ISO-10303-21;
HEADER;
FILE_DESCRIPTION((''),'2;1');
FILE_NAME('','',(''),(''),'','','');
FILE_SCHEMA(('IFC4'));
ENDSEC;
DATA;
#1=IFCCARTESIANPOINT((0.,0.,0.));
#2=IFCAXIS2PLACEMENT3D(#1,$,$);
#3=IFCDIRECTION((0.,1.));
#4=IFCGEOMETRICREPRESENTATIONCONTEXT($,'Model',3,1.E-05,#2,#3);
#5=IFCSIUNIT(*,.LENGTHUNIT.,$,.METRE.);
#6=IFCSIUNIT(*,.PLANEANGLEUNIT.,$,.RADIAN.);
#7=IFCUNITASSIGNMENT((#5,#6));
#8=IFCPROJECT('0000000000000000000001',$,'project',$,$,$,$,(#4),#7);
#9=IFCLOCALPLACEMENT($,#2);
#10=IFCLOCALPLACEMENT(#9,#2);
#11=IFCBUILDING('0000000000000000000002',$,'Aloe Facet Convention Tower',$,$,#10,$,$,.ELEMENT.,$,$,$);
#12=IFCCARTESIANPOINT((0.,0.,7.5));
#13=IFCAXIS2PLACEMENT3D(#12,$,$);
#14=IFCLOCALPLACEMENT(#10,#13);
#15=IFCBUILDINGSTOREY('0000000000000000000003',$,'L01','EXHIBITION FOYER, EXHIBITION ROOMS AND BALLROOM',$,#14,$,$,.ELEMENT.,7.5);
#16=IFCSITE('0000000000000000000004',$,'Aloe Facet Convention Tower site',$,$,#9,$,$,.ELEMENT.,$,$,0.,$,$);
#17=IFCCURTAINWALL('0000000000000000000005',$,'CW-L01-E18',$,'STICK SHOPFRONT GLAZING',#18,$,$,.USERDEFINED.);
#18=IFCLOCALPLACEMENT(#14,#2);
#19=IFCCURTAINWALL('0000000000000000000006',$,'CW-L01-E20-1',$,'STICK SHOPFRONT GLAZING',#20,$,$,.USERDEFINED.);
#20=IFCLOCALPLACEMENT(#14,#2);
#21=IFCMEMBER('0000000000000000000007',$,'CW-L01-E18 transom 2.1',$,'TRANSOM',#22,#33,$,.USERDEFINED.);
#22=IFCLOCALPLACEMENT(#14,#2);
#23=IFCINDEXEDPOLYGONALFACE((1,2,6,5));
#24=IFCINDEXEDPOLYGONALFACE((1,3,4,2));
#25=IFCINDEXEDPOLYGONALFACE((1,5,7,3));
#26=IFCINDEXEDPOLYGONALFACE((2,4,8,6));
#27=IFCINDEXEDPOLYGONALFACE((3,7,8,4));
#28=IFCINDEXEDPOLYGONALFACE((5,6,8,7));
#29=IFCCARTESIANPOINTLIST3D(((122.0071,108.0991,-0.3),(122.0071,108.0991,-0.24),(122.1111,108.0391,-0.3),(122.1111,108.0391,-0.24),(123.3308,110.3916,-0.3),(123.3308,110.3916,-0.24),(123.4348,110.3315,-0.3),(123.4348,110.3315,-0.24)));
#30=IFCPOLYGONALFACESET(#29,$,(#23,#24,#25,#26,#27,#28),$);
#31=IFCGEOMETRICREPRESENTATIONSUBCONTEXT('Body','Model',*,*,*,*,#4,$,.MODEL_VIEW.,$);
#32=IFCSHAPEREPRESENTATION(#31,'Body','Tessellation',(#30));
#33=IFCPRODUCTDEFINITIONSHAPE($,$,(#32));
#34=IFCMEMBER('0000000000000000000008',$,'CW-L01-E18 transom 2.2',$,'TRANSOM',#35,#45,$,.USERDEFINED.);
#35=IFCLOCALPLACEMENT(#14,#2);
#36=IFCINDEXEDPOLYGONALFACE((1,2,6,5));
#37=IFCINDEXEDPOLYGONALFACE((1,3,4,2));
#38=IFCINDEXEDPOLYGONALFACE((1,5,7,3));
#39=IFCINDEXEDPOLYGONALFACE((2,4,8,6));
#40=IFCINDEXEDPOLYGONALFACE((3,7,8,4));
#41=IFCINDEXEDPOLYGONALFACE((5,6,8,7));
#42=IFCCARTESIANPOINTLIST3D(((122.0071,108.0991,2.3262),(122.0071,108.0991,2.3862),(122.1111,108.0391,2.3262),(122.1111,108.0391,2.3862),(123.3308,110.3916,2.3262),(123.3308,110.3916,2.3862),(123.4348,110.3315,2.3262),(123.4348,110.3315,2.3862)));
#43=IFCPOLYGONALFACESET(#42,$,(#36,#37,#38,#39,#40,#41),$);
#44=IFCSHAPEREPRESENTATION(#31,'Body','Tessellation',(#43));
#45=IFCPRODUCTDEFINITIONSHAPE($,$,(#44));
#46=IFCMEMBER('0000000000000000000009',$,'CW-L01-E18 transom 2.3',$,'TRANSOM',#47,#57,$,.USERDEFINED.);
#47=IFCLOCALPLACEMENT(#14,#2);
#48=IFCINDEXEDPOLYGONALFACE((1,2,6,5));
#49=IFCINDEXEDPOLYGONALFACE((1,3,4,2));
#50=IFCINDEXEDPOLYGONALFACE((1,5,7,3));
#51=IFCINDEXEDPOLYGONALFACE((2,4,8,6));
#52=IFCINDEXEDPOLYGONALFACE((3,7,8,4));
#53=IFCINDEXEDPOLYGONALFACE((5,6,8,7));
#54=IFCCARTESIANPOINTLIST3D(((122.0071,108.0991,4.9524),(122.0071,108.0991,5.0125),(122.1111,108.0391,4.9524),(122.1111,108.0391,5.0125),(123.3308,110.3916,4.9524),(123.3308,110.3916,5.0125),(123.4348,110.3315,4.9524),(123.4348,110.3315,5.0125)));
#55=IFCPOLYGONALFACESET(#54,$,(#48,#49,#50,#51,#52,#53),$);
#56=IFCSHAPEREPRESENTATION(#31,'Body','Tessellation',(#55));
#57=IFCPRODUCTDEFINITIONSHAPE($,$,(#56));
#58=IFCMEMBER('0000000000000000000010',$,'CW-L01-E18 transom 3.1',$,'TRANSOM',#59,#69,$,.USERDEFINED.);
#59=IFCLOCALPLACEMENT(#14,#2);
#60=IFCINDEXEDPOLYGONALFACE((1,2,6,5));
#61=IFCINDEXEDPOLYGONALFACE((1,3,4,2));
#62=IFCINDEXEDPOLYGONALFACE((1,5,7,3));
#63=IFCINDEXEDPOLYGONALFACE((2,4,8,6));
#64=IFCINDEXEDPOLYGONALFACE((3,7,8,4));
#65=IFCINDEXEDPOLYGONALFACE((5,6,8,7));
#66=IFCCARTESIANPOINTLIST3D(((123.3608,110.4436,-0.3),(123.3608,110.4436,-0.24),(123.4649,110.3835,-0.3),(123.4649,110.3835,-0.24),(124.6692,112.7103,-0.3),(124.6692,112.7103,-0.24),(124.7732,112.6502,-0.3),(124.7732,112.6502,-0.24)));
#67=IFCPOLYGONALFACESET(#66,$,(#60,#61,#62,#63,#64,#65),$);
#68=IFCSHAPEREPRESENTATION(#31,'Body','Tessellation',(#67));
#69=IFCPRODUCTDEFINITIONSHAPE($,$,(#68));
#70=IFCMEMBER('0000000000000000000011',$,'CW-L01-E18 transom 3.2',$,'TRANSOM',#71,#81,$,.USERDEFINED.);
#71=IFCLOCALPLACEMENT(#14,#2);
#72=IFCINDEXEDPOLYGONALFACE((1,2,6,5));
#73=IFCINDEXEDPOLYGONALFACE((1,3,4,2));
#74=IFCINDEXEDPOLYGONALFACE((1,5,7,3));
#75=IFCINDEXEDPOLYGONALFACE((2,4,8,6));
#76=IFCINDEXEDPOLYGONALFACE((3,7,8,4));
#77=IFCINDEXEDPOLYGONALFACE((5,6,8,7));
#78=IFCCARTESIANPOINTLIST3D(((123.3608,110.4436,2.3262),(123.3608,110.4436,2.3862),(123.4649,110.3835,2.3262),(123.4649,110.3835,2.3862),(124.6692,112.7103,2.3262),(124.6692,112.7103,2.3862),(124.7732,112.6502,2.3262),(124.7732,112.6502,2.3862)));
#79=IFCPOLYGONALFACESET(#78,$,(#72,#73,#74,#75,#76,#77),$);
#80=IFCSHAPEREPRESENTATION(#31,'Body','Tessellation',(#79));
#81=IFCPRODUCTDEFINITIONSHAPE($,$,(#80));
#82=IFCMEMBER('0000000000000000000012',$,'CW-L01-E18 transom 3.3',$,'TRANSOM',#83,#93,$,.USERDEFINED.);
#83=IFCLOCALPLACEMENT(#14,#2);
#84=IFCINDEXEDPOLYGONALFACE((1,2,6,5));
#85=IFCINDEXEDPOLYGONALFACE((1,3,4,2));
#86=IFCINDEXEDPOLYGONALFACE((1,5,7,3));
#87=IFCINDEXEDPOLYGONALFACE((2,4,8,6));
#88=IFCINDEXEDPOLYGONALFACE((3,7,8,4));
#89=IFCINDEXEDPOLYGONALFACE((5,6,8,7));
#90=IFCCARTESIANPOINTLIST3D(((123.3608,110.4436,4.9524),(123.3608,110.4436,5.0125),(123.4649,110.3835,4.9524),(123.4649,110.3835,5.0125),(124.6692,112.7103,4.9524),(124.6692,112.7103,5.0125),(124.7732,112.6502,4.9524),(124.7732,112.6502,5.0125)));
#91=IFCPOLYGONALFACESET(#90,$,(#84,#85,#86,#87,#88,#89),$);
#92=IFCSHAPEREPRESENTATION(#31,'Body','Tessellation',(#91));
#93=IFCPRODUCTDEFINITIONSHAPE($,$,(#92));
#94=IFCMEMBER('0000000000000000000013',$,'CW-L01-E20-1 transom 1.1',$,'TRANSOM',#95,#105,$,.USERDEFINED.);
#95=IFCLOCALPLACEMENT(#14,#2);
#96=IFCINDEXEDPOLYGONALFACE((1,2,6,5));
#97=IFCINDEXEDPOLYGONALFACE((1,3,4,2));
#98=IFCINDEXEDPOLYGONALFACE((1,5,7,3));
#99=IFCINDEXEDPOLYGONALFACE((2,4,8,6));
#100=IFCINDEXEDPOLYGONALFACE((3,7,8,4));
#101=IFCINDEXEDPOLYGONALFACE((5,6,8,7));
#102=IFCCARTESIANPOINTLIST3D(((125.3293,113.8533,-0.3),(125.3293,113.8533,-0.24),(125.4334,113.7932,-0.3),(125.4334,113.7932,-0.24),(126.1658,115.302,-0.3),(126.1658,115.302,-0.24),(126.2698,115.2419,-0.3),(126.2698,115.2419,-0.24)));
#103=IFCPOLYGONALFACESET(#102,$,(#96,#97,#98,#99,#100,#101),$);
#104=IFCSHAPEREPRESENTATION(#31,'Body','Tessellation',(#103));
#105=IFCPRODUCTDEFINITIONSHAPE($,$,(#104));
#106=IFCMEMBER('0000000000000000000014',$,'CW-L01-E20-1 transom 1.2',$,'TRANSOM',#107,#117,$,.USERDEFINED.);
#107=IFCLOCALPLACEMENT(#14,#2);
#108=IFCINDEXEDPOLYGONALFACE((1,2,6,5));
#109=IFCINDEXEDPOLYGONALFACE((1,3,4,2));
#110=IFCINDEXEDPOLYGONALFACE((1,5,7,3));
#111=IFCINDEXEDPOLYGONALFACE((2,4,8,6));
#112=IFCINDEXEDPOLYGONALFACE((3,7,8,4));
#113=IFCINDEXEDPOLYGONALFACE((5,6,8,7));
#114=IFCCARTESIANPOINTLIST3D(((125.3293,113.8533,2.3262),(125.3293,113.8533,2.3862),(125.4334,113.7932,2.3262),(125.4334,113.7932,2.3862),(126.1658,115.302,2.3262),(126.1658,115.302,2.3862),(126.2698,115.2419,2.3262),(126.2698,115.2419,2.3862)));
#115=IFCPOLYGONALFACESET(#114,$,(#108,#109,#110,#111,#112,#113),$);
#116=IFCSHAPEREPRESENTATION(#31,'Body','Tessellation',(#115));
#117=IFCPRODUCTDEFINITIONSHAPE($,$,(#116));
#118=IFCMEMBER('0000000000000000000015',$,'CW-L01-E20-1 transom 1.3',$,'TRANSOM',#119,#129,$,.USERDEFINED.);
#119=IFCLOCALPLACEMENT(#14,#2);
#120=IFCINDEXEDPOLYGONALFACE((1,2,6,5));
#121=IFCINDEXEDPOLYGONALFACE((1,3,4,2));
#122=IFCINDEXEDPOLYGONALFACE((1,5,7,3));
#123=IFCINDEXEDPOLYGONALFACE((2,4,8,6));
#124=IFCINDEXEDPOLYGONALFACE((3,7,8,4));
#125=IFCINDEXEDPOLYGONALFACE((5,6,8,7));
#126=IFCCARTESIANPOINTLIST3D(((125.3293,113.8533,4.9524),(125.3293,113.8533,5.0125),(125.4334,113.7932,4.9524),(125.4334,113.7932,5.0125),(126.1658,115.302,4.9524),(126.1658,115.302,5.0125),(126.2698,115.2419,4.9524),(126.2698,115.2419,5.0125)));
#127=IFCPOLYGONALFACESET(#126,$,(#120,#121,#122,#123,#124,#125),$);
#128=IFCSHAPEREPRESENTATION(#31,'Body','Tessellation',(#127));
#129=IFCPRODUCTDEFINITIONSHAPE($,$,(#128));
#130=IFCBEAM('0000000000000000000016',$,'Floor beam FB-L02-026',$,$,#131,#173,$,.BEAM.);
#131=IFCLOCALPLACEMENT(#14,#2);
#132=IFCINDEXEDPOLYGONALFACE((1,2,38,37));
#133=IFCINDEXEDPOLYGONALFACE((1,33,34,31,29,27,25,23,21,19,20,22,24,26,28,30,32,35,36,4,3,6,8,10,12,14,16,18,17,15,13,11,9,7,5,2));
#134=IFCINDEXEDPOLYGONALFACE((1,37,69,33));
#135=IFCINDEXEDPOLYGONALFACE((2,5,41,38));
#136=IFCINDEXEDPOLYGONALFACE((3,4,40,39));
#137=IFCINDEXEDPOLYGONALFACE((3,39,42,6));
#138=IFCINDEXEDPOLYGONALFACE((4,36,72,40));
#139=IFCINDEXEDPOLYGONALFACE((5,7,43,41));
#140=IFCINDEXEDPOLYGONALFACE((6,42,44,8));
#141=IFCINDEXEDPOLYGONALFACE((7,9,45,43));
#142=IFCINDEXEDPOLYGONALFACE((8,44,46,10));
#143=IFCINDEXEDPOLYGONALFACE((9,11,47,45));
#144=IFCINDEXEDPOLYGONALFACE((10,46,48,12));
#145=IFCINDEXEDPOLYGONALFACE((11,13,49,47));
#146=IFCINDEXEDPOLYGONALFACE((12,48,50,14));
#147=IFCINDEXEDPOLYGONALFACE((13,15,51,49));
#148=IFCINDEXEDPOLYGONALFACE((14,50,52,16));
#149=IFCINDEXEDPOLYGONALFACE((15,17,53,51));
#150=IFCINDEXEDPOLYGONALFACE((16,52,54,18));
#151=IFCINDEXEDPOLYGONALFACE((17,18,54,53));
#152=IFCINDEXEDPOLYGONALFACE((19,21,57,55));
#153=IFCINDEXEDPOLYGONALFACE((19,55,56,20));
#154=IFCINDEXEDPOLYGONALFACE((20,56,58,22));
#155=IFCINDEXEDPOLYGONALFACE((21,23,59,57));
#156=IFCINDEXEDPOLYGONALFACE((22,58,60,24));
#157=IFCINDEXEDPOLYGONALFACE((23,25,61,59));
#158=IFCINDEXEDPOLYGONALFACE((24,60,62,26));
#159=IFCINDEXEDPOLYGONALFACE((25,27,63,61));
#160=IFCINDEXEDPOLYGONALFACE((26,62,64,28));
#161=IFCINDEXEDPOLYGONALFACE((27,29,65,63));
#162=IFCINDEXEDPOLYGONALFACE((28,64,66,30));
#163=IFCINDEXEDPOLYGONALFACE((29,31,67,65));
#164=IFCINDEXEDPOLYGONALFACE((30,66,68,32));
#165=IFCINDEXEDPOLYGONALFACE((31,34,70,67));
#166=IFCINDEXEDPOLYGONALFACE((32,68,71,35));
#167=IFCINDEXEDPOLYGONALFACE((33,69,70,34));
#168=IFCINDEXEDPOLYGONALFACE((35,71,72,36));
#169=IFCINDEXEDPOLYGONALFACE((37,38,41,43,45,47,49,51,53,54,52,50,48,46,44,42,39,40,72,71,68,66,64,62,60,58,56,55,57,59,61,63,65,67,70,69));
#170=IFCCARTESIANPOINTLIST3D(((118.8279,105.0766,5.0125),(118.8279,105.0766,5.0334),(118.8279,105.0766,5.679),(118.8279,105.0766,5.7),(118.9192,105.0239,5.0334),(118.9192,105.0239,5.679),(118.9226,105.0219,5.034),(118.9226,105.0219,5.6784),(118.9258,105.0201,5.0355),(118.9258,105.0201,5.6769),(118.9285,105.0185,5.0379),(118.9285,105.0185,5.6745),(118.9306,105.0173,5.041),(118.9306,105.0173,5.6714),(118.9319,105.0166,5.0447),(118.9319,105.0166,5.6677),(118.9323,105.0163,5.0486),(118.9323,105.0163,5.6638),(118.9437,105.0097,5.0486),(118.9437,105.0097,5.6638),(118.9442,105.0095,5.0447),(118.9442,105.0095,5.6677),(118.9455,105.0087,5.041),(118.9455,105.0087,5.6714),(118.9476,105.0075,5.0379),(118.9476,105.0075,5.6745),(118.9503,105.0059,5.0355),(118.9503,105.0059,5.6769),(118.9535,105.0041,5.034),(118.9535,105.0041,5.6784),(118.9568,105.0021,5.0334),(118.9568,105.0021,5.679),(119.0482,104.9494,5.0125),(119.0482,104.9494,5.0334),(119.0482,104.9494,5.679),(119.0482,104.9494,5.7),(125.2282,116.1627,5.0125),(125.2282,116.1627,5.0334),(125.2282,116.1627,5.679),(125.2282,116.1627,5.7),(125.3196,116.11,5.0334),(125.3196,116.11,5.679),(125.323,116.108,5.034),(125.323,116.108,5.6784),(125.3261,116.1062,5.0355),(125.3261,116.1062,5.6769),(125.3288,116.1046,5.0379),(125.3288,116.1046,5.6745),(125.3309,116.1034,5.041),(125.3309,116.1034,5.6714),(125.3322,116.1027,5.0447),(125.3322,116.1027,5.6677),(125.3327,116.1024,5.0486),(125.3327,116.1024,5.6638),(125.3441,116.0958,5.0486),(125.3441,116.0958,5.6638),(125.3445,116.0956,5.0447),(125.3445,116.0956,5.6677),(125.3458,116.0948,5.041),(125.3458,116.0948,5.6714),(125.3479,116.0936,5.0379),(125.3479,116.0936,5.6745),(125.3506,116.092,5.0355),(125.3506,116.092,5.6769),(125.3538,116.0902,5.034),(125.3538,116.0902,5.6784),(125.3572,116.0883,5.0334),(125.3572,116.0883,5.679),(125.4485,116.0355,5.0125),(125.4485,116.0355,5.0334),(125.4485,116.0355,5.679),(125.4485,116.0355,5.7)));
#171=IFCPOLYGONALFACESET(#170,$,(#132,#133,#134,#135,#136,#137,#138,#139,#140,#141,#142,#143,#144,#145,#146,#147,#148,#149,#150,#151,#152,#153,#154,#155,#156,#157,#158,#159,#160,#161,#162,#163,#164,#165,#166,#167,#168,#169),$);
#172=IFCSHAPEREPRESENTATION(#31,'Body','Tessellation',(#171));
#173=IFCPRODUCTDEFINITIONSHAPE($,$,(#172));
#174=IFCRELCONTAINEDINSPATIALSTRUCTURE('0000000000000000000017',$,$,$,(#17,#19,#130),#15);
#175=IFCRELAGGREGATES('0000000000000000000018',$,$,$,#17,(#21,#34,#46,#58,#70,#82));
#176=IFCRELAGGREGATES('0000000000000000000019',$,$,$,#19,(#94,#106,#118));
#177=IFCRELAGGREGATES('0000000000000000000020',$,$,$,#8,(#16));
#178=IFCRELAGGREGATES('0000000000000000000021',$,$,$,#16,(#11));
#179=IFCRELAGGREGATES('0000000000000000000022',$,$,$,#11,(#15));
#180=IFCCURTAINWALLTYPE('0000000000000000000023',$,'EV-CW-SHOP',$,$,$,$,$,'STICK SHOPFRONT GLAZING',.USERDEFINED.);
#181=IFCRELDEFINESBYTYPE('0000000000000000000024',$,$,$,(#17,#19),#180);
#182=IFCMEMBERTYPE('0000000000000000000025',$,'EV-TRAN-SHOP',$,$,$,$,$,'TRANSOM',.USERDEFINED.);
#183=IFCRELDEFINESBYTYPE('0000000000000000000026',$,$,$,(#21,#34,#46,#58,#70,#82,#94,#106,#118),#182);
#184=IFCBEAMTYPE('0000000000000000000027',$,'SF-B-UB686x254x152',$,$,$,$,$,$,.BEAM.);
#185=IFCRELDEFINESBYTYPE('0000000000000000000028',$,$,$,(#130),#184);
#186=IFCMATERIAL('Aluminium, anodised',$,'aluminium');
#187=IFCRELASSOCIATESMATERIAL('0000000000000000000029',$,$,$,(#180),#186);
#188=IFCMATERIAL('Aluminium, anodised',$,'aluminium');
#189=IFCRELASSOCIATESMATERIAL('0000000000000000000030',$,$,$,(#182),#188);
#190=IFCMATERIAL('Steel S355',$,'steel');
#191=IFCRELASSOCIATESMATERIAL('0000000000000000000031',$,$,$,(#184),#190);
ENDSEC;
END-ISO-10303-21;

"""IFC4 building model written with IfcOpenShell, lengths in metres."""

from ifc_helpers import new_model, si_unit, direction, frame, origin, origin_2d, place, context, subcontext, project, spatial, rectangle, i_section, extrude, material, material_profile, profile_set, type_object, element, aggregate, save


model = new_model("IFC4")

# Units and contexts
model_context = context("Model", 3, precision=1e-05, world=origin(), true_north=direction((0.0, 1.0)))
body_context = subcontext(model_context, "Body", "Model", "MODEL_VIEW")
ifc_project = project(units=[si_unit("LENGTHUNIT", "METRE"), si_unit("PLANEANGLEUNIT", "RADIAN")], contexts=[model_context])

# Site, building, storey
site_placement = place(None, origin())
site = spatial("IfcSite", under=ifc_project, at=site_placement, Name="Aloe Facet Convention Tower site", CompositionType="ELEMENT", RefElevation=0.0)
building_placement = place(site_placement, origin())
building = spatial("IfcBuilding", under=site, at=building_placement, Name="Aloe Facet Convention Tower", CompositionType="ELEMENT")
storey_placement = place(building_placement, frame((0.0, 0.0, 7.5)))
storey = spatial("IfcBuildingStorey", under=building, at=storey_placement, Name="L01", Description="EXHIBITION FOYER, EXHIBITION ROOMS AND BALLROOM", CompositionType="ELEMENT", Elevation=7.5)

# Curtain walls
ifc_material_1 = material(Name="Aluminium, anodised", Category="aluminium")
curtain_wall_type = type_object("IfcCurtainWallType", Name="EV-CW-SHOP", ElementType="STICK SHOPFRONT GLAZING", PredefinedType="USERDEFINED", material=ifc_material_1)
curtain_wall_1_placement = place(storey_placement, origin())
curtain_wall_1 = element("IfcCurtainWall", 1, at=curtain_wall_1_placement, inside=storey, type_object=curtain_wall_type, Name="CW-L01-E18", ObjectType="STICK SHOPFRONT GLAZING", PredefinedType="USERDEFINED")
curtain_wall_2_placement = place(storey_placement, origin())
curtain_wall_2 = element("IfcCurtainWall", 2, at=curtain_wall_2_placement, inside=storey, type_object=curtain_wall_type, Name="CW-L01-E20-1", ObjectType="STICK SHOPFRONT GLAZING", PredefinedType="USERDEFINED")

# Members
ifc_material_2 = material(Name="Aluminium, anodised", Category="aluminium")
ifc_material_profile_1 = material_profile(ifc_material_2, rectangle(XDim=0.1201, YDim=0.0601, at=origin_2d()), Name="AL 120x60")
ifc_profile_set_1 = profile_set([ifc_material_profile_1], Name="Aluminium, anodised")
member_type_1 = type_object("IfcMemberType", Name="EV-TRAN-SHOP", ElementType="TRANSOM", PredefinedType="USERDEFINED", material=ifc_profile_set_1)
member_1_placement = place(storey_placement, frame((122.0591, 108.0691, -0.27), z_axis=(0.500047, 0.865998, 0.0), x_axis=(-0.865998, 0.500047, 0.0)))
member_1 = element("IfcMember", 3, at=member_1_placement, type_object=member_type_1, Name="CW-L01-E18 transom 2.1", ObjectType="TRANSOM", PredefinedType="USERDEFINED", context=body_context, shape_type="SweptSolid", body=[
    extrude(rectangle(XDim=0.1201, YDim=0.0601, at=origin_2d()), origin(), (0.0, 0.0, 1.0), 2.6472),
])
member_2_placement = place(storey_placement, frame((122.0591, 108.0691, 2.3562), z_axis=(0.500047, 0.865998, 0.0), x_axis=(-0.865998, 0.500047, 0.0)))
member_2 = element("IfcMember", 4, at=member_2_placement, type_object=member_type_1, Name="CW-L01-E18 transom 2.2", ObjectType="TRANSOM", PredefinedType="USERDEFINED", context=body_context, shape_type="SweptSolid", body=[
    extrude(rectangle(XDim=0.1201, YDim=0.0601, at=origin_2d()), origin(), (0.0, 0.0, 1.0), 2.6472),
])
member_3_placement = place(storey_placement, frame((122.0591, 108.0691, 4.9824), z_axis=(0.500047, 0.865998, 0.0), x_axis=(-0.865998, 0.500047, 0.0)))
member_3 = element("IfcMember", 5, at=member_3_placement, type_object=member_type_1, Name="CW-L01-E18 transom 2.3", ObjectType="TRANSOM", PredefinedType="USERDEFINED", context=body_context, shape_type="SweptSolid", body=[
    extrude(rectangle(XDim=0.1201, YDim=0.0601, at=origin_2d()), origin(), (0.0, 0.0, 1.0), 2.6472),
])
member_4_placement = place(storey_placement, frame((123.4128, 110.4136, -0.27), z_axis=(0.499922, 0.866071, 0.0), x_axis=(-0.866071, 0.499922, 0.0)))
member_4 = element("IfcMember", 6, at=member_4_placement, type_object=member_type_1, Name="CW-L01-E18 transom 3.1", ObjectType="TRANSOM", PredefinedType="USERDEFINED", context=body_context, shape_type="SweptSolid", body=[
    extrude(rectangle(XDim=0.1201, YDim=0.0601, at=origin_2d()), origin(), (0.0, 0.0, 1.0), 2.6172),
])
member_5_placement = place(storey_placement, frame((123.4128, 110.4136, 2.3562), z_axis=(0.499922, 0.866071, 0.0), x_axis=(-0.866071, 0.499922, 0.0)))
member_5 = element("IfcMember", 7, at=member_5_placement, type_object=member_type_1, Name="CW-L01-E18 transom 3.2", ObjectType="TRANSOM", PredefinedType="USERDEFINED", context=body_context, shape_type="SweptSolid", body=[
    extrude(rectangle(XDim=0.1201, YDim=0.0601, at=origin_2d()), origin(), (0.0, 0.0, 1.0), 2.6172),
])
member_6_placement = place(storey_placement, frame((123.4128, 110.4136, 4.9824), z_axis=(0.499922, 0.866071, 0.0), x_axis=(-0.866071, 0.499922, 0.0)))
member_6 = element("IfcMember", 8, at=member_6_placement, type_object=member_type_1, Name="CW-L01-E18 transom 3.3", ObjectType="TRANSOM", PredefinedType="USERDEFINED", context=body_context, shape_type="SweptSolid", body=[
    extrude(rectangle(XDim=0.1201, YDim=0.0601, at=origin_2d()), origin(), (0.0, 0.0, 1.0), 2.6172),
])
member_7_placement = place(storey_placement, frame((125.3813, 113.8232, -0.27), z_axis=(0.5, 0.866025, 0.0), x_axis=(-0.866025, 0.5, 0.0)))
member_7 = element("IfcMember", 9, at=member_7_placement, type_object=member_type_1, Name="CW-L01-E20-1 transom 1.1", ObjectType="TRANSOM", PredefinedType="USERDEFINED", context=body_context, shape_type="SweptSolid", body=[
    extrude(rectangle(XDim=0.1201, YDim=0.0601, at=origin_2d()), origin(), (0.0, 0.0, 1.0), 1.6729),
])
member_8_placement = place(storey_placement, frame((125.3813, 113.8232, 2.3562), z_axis=(0.5, 0.866025, 0.0), x_axis=(-0.866025, 0.5, 0.0)))
member_8 = element("IfcMember", 10, at=member_8_placement, type_object=member_type_1, Name="CW-L01-E20-1 transom 1.2", ObjectType="TRANSOM", PredefinedType="USERDEFINED", context=body_context, shape_type="SweptSolid", body=[
    extrude(rectangle(XDim=0.1201, YDim=0.0601, at=origin_2d()), origin(), (0.0, 0.0, 1.0), 1.6729),
])
member_9_placement = place(storey_placement, frame((125.3813, 113.8232, 4.9824), z_axis=(0.5, 0.866025, 0.0), x_axis=(-0.866025, 0.5, 0.0)))
member_9 = element("IfcMember", 11, at=member_9_placement, type_object=member_type_1, Name="CW-L01-E20-1 transom 1.3", ObjectType="TRANSOM", PredefinedType="USERDEFINED", context=body_context, shape_type="SweptSolid", body=[
    extrude(rectangle(XDim=0.1201, YDim=0.0601, at=origin_2d()), origin(), (0.0, 0.0, 1.0), 1.6729),
])

# Beam
ifc_material_3 = material(Name="Steel S355", Category="steel")
ifc_material_profile_2 = material_profile(ifc_material_3, i_section(OverallWidth=0.2544, OverallDepth=0.6875, WebThickness=0.0132, FlangeThickness=0.021, FilletRadius=0.0151, at=origin_2d()), Name="UB 686x254x152")
ifc_profile_set_2 = profile_set([ifc_material_profile_2], Name="Steel S355")
beam_type_1 = type_object("IfcBeamType", Name="SF-B-UB686x254x152", PredefinedType="BEAM", material=ifc_profile_set_2)
beam_1_placement = place(storey_placement, frame((125.3384, 116.0991, 5.3562), z_axis=(-0.499987, -0.866033, 0.0), x_axis=(0.866033, -0.499987, 0.0)))
element("IfcBeam", 12, at=beam_1_placement, inside=storey, type_object=beam_type_1, Name="Floor beam FB-L02-026", PredefinedType="BEAM", context=body_context, shape_type="SweptSolid", body=[
    extrude(i_section(OverallWidth=0.2544, OverallDepth=0.6875, WebThickness=0.0132, FlangeThickness=0.021, FilletRadius=0.0151, at=origin_2d()), origin(), (0.0, 0.0, 1.0), 12.801),
])

aggregate(curtain_wall_1, [member_1, member_2, member_3, member_4, member_5, member_6])
aggregate(curtain_wall_2, [member_7, member_8, member_9])

save(model, "model.ifc")
